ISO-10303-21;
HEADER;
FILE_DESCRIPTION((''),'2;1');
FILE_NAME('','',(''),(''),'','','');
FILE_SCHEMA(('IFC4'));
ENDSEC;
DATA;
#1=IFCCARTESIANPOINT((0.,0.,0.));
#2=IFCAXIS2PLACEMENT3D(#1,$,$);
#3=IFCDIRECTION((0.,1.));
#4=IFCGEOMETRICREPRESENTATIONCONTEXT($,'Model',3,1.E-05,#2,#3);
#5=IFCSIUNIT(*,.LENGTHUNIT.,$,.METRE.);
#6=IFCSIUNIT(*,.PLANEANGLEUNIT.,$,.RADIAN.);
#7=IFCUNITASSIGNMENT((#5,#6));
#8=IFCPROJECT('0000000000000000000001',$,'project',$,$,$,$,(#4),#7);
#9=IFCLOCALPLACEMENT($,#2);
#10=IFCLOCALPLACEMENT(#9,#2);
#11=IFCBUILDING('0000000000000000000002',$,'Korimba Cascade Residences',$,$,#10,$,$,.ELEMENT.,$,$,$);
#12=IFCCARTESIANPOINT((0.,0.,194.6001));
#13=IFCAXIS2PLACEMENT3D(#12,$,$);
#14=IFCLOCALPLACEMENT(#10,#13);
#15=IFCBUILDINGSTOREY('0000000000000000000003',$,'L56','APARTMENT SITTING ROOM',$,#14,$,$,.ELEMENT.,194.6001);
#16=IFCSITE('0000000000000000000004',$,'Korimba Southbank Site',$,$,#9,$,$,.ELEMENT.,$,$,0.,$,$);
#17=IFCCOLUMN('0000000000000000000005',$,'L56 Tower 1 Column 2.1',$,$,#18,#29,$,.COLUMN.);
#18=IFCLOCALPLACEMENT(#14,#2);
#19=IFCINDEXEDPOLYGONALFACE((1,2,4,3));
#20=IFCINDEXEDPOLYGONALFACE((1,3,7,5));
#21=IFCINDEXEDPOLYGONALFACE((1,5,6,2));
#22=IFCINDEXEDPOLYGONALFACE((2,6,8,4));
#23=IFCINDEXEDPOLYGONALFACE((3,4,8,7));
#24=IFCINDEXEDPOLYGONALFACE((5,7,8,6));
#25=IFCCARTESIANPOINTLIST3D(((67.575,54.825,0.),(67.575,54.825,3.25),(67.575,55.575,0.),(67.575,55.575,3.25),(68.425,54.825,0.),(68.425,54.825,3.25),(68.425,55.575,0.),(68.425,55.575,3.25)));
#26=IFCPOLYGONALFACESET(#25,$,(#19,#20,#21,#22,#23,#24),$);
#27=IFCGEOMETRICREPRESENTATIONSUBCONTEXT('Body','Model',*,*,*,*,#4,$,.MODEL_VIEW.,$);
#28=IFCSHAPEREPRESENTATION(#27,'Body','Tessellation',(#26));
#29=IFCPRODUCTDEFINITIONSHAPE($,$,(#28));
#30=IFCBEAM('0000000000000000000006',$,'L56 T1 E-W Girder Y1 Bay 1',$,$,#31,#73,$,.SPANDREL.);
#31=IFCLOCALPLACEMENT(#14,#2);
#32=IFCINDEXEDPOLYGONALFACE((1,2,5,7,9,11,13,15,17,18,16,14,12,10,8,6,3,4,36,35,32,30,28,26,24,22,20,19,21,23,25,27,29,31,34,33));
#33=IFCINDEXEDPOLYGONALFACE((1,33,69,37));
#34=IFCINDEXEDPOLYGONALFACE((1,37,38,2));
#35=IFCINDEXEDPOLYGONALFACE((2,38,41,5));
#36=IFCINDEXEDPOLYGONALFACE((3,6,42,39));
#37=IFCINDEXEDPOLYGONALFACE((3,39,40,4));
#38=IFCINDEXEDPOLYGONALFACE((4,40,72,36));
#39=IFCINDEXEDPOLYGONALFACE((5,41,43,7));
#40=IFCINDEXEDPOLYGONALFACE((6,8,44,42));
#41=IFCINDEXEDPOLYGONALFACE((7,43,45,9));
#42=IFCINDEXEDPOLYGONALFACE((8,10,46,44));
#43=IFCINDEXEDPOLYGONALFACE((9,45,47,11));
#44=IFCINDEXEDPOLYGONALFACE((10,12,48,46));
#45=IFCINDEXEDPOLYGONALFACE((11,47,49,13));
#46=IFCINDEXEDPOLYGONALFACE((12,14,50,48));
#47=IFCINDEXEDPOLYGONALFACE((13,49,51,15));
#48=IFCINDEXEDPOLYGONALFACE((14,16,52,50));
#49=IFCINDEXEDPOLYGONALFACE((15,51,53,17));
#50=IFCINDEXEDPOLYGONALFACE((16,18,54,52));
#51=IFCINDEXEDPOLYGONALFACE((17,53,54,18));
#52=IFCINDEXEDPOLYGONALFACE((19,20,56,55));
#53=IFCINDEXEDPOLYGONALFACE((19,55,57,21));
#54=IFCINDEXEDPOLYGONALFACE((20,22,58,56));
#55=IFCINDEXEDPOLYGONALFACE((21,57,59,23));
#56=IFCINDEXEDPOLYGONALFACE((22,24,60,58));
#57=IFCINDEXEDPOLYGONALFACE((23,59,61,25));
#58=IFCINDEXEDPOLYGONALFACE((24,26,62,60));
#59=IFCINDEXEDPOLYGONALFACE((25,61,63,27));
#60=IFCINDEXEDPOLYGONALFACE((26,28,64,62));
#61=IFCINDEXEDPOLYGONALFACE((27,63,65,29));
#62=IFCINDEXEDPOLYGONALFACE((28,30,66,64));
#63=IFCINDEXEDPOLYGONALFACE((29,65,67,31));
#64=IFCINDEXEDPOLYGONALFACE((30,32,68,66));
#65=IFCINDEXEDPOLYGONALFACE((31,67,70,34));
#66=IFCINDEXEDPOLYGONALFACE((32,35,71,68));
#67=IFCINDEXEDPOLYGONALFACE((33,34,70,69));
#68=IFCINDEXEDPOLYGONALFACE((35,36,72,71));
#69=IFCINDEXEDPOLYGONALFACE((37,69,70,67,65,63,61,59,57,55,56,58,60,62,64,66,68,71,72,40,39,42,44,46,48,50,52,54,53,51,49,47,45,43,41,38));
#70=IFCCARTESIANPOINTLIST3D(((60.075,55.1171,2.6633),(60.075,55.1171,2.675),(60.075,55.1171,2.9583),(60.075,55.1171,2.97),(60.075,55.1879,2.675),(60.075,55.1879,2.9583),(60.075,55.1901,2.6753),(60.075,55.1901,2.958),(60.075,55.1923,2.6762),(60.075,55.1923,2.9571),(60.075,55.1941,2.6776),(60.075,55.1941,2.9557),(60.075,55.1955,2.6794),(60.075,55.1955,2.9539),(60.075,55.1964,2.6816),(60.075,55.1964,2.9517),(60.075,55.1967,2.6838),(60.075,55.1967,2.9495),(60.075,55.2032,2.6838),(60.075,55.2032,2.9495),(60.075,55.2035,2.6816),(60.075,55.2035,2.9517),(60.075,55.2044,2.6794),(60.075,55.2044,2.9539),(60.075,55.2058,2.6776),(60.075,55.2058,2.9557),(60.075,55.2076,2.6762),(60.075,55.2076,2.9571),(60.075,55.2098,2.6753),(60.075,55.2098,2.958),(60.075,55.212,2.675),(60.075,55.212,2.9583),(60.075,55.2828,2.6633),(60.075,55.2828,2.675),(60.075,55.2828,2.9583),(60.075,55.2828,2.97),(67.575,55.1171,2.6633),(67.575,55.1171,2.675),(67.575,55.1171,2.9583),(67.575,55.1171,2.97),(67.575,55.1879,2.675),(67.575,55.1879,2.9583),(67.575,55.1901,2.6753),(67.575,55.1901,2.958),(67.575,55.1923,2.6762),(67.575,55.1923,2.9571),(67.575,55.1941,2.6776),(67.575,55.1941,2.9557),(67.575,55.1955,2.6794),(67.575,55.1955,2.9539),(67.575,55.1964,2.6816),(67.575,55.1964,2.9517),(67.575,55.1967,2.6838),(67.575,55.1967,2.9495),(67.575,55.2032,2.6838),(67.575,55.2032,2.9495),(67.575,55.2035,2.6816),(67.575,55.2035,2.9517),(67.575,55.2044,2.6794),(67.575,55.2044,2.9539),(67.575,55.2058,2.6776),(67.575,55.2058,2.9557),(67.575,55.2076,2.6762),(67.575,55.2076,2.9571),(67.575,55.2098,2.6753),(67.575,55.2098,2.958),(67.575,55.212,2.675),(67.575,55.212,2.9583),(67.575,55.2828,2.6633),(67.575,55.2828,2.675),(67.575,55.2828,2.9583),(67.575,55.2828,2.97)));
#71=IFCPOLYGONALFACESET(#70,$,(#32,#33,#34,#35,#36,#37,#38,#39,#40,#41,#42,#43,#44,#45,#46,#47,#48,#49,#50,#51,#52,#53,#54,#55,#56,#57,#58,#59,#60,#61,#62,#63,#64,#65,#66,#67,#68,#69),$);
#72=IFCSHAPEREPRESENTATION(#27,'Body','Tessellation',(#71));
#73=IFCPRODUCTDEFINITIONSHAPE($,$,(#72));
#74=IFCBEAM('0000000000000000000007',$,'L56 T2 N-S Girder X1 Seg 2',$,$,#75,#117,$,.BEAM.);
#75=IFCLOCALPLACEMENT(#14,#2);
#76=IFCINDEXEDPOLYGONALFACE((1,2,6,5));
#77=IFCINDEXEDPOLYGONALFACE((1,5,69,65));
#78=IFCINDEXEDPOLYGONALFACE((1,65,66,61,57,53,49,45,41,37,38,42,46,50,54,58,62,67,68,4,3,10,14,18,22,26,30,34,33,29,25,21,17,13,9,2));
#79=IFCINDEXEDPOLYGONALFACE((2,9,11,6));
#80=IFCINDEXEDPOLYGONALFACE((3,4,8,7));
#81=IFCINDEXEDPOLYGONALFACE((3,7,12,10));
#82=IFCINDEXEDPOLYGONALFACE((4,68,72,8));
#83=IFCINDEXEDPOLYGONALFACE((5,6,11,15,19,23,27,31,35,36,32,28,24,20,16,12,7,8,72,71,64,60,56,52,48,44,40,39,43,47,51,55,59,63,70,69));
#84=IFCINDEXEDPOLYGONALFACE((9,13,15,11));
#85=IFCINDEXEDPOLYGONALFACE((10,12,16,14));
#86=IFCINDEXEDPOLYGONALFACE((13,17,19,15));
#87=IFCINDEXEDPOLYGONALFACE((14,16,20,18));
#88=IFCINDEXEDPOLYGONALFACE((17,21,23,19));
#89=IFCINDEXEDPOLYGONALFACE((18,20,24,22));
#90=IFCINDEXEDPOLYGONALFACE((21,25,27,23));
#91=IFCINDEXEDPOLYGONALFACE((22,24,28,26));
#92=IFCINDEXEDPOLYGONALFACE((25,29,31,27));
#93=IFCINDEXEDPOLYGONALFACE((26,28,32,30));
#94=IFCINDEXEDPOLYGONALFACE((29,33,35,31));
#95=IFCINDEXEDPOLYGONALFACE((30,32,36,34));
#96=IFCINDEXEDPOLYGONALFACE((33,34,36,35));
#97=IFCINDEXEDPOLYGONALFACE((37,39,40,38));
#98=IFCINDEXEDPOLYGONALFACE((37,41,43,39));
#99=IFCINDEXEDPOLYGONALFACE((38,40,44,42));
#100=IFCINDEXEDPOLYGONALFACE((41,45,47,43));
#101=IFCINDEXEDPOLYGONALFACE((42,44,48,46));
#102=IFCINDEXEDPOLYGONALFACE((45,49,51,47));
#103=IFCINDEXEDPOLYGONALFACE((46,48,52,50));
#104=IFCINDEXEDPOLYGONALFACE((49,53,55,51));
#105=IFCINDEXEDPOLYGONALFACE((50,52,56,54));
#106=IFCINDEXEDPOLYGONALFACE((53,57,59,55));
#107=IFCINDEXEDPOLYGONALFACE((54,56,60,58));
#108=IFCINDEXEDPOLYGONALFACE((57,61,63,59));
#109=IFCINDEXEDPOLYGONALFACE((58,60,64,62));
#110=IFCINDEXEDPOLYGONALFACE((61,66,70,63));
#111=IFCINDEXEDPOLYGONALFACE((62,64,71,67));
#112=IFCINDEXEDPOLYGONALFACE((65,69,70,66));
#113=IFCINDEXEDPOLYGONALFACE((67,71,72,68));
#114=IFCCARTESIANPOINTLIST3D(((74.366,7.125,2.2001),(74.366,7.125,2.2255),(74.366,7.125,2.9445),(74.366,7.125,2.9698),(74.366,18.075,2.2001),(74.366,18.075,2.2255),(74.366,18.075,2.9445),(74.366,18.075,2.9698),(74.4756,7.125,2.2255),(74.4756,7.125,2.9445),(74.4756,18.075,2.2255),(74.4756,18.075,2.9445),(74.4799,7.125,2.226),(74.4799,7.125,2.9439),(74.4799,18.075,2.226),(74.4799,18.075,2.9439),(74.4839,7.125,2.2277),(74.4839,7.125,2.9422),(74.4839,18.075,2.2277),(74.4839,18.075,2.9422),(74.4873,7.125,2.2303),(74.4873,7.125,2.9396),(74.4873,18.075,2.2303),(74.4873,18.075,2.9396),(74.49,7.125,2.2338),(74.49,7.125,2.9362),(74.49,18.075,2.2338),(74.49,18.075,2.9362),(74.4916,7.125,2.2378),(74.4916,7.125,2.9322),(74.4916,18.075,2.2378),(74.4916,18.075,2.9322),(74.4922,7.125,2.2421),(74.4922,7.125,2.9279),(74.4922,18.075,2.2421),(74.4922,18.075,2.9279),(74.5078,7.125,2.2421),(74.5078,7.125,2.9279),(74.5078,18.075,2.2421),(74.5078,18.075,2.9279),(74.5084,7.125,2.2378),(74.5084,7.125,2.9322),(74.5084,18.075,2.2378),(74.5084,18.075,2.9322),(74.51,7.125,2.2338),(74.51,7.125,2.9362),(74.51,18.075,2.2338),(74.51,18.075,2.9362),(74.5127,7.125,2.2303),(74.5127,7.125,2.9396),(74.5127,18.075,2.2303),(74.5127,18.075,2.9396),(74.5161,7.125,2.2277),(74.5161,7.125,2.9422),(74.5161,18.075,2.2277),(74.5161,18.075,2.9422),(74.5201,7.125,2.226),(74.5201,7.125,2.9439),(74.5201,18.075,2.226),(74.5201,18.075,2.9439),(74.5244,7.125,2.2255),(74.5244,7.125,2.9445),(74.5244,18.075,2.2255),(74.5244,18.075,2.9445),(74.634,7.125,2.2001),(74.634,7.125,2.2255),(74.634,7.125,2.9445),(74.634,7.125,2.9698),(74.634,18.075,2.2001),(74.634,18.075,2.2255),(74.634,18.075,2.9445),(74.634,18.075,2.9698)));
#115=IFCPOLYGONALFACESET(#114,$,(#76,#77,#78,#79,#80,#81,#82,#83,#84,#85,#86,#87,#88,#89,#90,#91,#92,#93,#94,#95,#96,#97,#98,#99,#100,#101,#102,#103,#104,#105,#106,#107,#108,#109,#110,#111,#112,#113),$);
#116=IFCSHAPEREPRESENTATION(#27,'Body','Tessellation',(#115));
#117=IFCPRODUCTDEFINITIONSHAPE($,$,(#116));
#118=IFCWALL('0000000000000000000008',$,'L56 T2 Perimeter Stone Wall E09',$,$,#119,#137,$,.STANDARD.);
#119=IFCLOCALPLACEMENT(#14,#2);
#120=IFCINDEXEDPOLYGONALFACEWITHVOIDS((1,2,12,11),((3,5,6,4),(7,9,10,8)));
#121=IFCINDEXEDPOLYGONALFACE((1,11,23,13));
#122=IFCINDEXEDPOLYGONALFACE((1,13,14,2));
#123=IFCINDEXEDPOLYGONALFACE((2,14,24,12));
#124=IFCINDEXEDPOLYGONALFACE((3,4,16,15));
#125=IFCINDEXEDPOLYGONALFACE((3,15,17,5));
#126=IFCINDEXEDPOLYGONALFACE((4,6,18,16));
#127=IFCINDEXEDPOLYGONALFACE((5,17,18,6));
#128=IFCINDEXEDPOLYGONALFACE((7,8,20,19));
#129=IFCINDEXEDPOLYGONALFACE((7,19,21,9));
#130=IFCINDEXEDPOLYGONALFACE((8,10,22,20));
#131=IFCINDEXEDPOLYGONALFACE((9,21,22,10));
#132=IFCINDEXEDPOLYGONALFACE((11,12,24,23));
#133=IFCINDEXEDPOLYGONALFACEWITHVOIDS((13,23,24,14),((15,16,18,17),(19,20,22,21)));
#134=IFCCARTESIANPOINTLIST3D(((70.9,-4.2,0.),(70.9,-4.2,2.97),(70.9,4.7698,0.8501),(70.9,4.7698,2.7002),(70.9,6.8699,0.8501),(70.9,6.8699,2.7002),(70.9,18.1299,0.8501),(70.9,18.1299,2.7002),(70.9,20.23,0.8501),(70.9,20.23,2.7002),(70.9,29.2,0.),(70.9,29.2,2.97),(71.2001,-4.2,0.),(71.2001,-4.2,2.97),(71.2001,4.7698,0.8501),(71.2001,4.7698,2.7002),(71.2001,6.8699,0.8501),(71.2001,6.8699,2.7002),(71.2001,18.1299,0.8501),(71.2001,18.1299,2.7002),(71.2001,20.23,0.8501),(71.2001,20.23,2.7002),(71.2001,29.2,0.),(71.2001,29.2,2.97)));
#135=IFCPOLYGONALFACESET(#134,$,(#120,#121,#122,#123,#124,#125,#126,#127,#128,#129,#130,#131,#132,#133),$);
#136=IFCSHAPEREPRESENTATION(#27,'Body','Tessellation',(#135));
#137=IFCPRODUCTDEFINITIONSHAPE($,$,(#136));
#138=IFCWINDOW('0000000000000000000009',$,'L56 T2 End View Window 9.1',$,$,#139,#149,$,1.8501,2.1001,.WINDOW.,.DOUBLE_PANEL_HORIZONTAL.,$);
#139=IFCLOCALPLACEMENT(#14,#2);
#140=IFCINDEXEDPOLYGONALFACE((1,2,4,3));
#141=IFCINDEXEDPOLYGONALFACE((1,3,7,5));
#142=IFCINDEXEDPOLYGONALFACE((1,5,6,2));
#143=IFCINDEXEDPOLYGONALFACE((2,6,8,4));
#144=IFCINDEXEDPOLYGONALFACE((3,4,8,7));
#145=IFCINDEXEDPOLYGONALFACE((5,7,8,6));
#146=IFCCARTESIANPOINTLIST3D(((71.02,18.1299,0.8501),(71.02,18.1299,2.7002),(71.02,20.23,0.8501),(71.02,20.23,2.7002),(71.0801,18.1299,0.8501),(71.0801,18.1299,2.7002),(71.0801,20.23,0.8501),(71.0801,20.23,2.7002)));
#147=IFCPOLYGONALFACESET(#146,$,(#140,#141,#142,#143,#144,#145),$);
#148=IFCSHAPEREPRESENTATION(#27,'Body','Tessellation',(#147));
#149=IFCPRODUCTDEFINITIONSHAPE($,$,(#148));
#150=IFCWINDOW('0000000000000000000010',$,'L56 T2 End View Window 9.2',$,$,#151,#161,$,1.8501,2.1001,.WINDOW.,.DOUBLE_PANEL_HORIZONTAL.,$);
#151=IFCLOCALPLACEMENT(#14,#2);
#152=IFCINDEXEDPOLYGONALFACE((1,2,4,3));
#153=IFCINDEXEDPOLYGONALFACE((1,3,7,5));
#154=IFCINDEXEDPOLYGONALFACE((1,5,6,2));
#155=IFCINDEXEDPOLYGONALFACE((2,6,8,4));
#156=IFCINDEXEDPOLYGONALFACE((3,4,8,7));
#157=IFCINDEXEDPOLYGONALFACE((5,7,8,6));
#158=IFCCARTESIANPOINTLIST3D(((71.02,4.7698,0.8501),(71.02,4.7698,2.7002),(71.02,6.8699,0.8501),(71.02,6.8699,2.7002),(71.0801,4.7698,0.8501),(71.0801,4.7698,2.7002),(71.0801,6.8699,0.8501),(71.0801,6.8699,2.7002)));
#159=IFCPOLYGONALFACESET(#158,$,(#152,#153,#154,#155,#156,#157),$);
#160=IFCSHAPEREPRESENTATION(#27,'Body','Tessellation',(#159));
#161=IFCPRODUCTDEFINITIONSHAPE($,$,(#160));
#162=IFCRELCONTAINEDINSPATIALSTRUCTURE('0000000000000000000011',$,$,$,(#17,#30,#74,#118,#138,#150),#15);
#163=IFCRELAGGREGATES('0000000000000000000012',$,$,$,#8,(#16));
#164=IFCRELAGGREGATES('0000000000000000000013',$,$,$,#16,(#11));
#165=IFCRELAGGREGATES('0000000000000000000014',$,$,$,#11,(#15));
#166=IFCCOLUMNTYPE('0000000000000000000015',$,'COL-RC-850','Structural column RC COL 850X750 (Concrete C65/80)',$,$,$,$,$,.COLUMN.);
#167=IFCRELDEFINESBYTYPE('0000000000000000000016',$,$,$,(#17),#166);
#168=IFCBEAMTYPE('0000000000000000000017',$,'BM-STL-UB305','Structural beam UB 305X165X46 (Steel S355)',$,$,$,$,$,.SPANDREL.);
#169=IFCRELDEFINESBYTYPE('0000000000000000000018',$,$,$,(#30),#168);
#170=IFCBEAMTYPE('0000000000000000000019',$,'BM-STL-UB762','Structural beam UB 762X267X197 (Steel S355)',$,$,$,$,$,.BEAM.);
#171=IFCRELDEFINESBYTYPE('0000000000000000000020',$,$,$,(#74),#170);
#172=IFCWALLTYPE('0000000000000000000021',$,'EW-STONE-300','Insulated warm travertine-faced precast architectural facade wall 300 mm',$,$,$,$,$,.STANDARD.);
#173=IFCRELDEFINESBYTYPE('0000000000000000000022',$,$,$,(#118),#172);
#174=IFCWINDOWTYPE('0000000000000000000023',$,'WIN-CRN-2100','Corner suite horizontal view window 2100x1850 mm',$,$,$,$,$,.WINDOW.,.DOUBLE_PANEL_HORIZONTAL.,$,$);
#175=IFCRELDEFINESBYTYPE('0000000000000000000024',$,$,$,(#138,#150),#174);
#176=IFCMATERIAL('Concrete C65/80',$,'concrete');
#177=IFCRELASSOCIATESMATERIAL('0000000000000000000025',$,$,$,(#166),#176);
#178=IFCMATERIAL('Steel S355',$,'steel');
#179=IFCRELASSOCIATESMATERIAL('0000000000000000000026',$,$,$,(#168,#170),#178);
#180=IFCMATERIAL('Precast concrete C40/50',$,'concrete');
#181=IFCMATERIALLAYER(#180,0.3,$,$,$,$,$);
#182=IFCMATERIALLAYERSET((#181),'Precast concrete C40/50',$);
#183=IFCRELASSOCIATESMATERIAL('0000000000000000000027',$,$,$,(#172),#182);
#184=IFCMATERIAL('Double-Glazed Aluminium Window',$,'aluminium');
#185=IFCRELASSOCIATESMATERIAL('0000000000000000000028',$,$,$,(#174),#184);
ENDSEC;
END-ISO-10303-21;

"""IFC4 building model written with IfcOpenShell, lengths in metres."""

from ifc_helpers import new_model, si_unit, direction, frame, frame_2d, origin, origin_2d, place, context, subcontext, project, spatial, rectangle, i_section, extrude, material, layer, layer_set, material_profile, profile_set, type_object, element, fill, save


model = new_model("IFC4")

# Units and contexts
model_context = context("Model", 3, precision=1e-05, world=origin(), true_north=direction((0.0, 1.0)))
body_context = subcontext(model_context, "Body", "Model", "MODEL_VIEW")
ifc_project = project(units=[si_unit("LENGTHUNIT", "METRE"), si_unit("PLANEANGLEUNIT", "RADIAN")], contexts=[model_context])

# Site, building, storey
site_placement = place(None, origin())
site = spatial("IfcSite", under=ifc_project, at=site_placement, Name="Korimba Southbank Site", CompositionType="ELEMENT", RefElevation=0.0)
building_placement = place(site_placement, origin())
building = spatial("IfcBuilding", under=site, at=building_placement, Name="Korimba Cascade Residences", CompositionType="ELEMENT")
storey_placement = place(building_placement, frame((0.0, 0.0, 194.6001)))
storey = spatial("IfcBuildingStorey", under=building, at=storey_placement, Name="L56", Description="APARTMENT SITTING ROOM", CompositionType="ELEMENT", Elevation=194.6001)

# Column
ifc_material_1 = material(Name="Concrete C65/80", Category="concrete")
ifc_material_profile_1 = material_profile(ifc_material_1, rectangle(XDim=0.8501, YDim=0.75, at=origin_2d()), Name="Concrete C65/80")
ifc_profile_set_1 = profile_set([ifc_material_profile_1], Name="Concrete C65/80")
column_type = type_object("IfcColumnType", Name="COL-RC-850", Description="Structural column RC COL 850X750 (Concrete C65/80)", PredefinedType="COLUMN", material=ifc_profile_set_1)
column_placement = place(storey_placement, frame((68.0, 55.2, 0.0), z_axis=(0.0, 0.0, 1.0), x_axis=(1.0, 0.0, 0.0)))
element("IfcColumn", 1, at=column_placement, inside=storey, type_object=column_type, Name="L56 Tower 1 Column 2.1", PredefinedType="COLUMN", context=body_context, shape_type="SweptSolid", body=[
    extrude(rectangle(XDim=0.8501, YDim=0.75, at=origin_2d()), origin(), (0.0, 0.0, 1.0), 3.25),
])

# Beams
ifc_material_2 = material(Name="Steel S355", Category="steel")
ifc_material_profile_2 = material_profile(ifc_material_2, i_section(OverallWidth=0.1658, OverallDepth=0.3066, WebThickness=0.0066, FlangeThickness=0.0117, FilletRadius=0.0088, at=origin_2d()), Name="Steel S355")
ifc_profile_set_2 = profile_set([ifc_material_profile_2], Name="Steel S355")
beam_type_1 = type_object("IfcBeamType", Name="BM-STL-UB305", Description="Structural beam UB 305X165X46 (Steel S355)", PredefinedType="SPANDREL", material=ifc_profile_set_2)
beam_1_placement = place(storey_placement, frame((60.075, 55.2, 2.8167), z_axis=(1.0, 0.0, 0.0), x_axis=(0.0, 1.0, 0.0)))
element("IfcBeam", 2, at=beam_1_placement, inside=storey, type_object=beam_type_1, Name="L56 T1 E-W Girder Y1 Bay 1", PredefinedType="SPANDREL", context=body_context, shape_type="SweptSolid", body=[
    extrude(i_section(OverallWidth=0.1658, OverallDepth=0.3066, WebThickness=0.0066, FlangeThickness=0.0117, FilletRadius=0.0088, at=origin_2d()), origin(), (0.0, 0.0, 1.0), 7.5),
])
ifc_material_profile_3 = material_profile(ifc_material_2, i_section(OverallWidth=0.2681, OverallDepth=0.7698, WebThickness=0.0156, FlangeThickness=0.0254, FilletRadius=0.0166, at=origin_2d()), Name="Steel S355")
ifc_profile_set_3 = profile_set([ifc_material_profile_3], Name="Steel S355")
beam_type_2 = type_object("IfcBeamType", Name="BM-STL-UB762", Description="Structural beam UB 762X267X197 (Steel S355)", PredefinedType="BEAM", material=ifc_profile_set_3)
beam_2_placement = place(storey_placement, frame((74.5, 7.125, 2.585), z_axis=(0.0, 1.0, 0.0), x_axis=(-1.0, 0.0, 0.0)))
element("IfcBeam", 3, at=beam_2_placement, inside=storey, type_object=beam_type_2, Name="L56 T2 N-S Girder X1 Seg 2", PredefinedType="BEAM", context=body_context, shape_type="SweptSolid", body=[
    extrude(i_section(OverallWidth=0.2681, OverallDepth=0.7698, WebThickness=0.0156, FlangeThickness=0.0254, FilletRadius=0.0166, at=origin_2d()), origin(), (0.0, 0.0, 1.0), 10.95),
])

# Wall, openings, windows
ifc_material_3 = material(Name="Precast concrete C40/50", Category="concrete")
ifc_layer_1 = layer(ifc_material_3, 0.3)
ifc_layer_set_1 = layer_set([ifc_layer_1], Name="Precast concrete C40/50")
wall_type_1 = type_object("IfcWallType", Name="EW-STONE-300", Description="Insulated warm travertine-faced precast architectural facade wall 300 mm", PredefinedType="STANDARD", material=ifc_layer_set_1)
wall_1_placement = place(storey_placement, frame((71.05, 29.2, 0.0), z_axis=(0.0, 0.0, 1.0), x_axis=(0.0, -1.0, 0.0)))
wall_1 = element("IfcWall", 4, at=wall_1_placement, inside=storey, type_object=wall_type_1, Name="L56 T2 Perimeter Stone Wall E09", PredefinedType="STANDARD", context=body_context, shape_type="SweptSolid", body=[
    extrude(rectangle(XDim=33.3999, YDim=0.3, at=frame_2d((16.7, 0.0))), origin(), (0.0, 0.0, 1.0), 2.97),
])
opening_1_placement = place(wall_1_placement, frame((8.97, 0.0, 0.8501)))
opening_1 = element("IfcOpeningElement", 5, at=opening_1_placement, cuts=wall_1, PredefinedType="OPENING", context=body_context, shape_type="SweptSolid", body=[
    extrude(rectangle(XDim=2.1001, YDim=1.8501, at=frame_2d((1.05, 0.925))), frame((0.0, 0.1602, 0.0), z_axis=(0.0, -1.0, 0.0), x_axis=(1.0, 0.0, 0.0)), (0.0, 0.0, 1.0), 0.3201),
])
opening_2_placement = place(wall_1_placement, frame((22.3301, 0.0, 0.8501)))
opening_2 = element("IfcOpeningElement", 6, at=opening_2_placement, cuts=wall_1, PredefinedType="OPENING", context=body_context, shape_type="SweptSolid", body=[
    extrude(rectangle(XDim=2.1001, YDim=1.8501, at=frame_2d((1.05, 0.925))), frame((0.0, 0.1602, 0.0), z_axis=(0.0, -1.0, 0.0), x_axis=(1.0, 0.0, 0.0)), (0.0, 0.0, 1.0), 0.3201),
])
ifc_material_4 = material(Name="Double-Glazed Aluminium Window", Category="aluminium")
window_type = type_object("IfcWindowType", Name="WIN-CRN-2100", Description="Corner suite horizontal view window 2100x1850 mm", PartitioningType="DOUBLE_PANEL_HORIZONTAL", PredefinedType="WINDOW", material=ifc_material_4)
window_1_placement = place(opening_1_placement, origin())
window_1 = element("IfcWindow", 7, at=window_1_placement, inside=storey, type_object=window_type, Name="L56 T2 End View Window 9.1", OverallHeight=1.8501, OverallWidth=2.1001, PartitioningType="DOUBLE_PANEL_HORIZONTAL", PredefinedType="WINDOW", context=body_context, shape_type="SweptSolid", body=[
    extrude(rectangle(XDim=2.1001, YDim=1.8501, at=frame_2d((1.05, 0.925))), frame((0.0, 0.03, 0.0), z_axis=(0.0, -1.0, 0.0), x_axis=(1.0, 0.0, 0.0)), (0.0, 0.0, 1.0), 0.0601),
])
fill(opening_1, window_1)
window_2_placement = place(opening_2_placement, origin())
window_2 = element("IfcWindow", 8, at=window_2_placement, inside=storey, type_object=window_type, Name="L56 T2 End View Window 9.2", OverallHeight=1.8501, OverallWidth=2.1001, PartitioningType="DOUBLE_PANEL_HORIZONTAL", PredefinedType="WINDOW", context=body_context, shape_type="SweptSolid", body=[
    extrude(rectangle(XDim=2.1001, YDim=1.8501, at=frame_2d((1.05, 0.925))), frame((0.0, 0.03, 0.0), z_axis=(0.0, -1.0, 0.0), x_axis=(1.0, 0.0, 0.0)), (0.0, 0.0, 1.0), 0.0601),
])
fill(opening_2, window_2)

save(model, "model.ifc")
